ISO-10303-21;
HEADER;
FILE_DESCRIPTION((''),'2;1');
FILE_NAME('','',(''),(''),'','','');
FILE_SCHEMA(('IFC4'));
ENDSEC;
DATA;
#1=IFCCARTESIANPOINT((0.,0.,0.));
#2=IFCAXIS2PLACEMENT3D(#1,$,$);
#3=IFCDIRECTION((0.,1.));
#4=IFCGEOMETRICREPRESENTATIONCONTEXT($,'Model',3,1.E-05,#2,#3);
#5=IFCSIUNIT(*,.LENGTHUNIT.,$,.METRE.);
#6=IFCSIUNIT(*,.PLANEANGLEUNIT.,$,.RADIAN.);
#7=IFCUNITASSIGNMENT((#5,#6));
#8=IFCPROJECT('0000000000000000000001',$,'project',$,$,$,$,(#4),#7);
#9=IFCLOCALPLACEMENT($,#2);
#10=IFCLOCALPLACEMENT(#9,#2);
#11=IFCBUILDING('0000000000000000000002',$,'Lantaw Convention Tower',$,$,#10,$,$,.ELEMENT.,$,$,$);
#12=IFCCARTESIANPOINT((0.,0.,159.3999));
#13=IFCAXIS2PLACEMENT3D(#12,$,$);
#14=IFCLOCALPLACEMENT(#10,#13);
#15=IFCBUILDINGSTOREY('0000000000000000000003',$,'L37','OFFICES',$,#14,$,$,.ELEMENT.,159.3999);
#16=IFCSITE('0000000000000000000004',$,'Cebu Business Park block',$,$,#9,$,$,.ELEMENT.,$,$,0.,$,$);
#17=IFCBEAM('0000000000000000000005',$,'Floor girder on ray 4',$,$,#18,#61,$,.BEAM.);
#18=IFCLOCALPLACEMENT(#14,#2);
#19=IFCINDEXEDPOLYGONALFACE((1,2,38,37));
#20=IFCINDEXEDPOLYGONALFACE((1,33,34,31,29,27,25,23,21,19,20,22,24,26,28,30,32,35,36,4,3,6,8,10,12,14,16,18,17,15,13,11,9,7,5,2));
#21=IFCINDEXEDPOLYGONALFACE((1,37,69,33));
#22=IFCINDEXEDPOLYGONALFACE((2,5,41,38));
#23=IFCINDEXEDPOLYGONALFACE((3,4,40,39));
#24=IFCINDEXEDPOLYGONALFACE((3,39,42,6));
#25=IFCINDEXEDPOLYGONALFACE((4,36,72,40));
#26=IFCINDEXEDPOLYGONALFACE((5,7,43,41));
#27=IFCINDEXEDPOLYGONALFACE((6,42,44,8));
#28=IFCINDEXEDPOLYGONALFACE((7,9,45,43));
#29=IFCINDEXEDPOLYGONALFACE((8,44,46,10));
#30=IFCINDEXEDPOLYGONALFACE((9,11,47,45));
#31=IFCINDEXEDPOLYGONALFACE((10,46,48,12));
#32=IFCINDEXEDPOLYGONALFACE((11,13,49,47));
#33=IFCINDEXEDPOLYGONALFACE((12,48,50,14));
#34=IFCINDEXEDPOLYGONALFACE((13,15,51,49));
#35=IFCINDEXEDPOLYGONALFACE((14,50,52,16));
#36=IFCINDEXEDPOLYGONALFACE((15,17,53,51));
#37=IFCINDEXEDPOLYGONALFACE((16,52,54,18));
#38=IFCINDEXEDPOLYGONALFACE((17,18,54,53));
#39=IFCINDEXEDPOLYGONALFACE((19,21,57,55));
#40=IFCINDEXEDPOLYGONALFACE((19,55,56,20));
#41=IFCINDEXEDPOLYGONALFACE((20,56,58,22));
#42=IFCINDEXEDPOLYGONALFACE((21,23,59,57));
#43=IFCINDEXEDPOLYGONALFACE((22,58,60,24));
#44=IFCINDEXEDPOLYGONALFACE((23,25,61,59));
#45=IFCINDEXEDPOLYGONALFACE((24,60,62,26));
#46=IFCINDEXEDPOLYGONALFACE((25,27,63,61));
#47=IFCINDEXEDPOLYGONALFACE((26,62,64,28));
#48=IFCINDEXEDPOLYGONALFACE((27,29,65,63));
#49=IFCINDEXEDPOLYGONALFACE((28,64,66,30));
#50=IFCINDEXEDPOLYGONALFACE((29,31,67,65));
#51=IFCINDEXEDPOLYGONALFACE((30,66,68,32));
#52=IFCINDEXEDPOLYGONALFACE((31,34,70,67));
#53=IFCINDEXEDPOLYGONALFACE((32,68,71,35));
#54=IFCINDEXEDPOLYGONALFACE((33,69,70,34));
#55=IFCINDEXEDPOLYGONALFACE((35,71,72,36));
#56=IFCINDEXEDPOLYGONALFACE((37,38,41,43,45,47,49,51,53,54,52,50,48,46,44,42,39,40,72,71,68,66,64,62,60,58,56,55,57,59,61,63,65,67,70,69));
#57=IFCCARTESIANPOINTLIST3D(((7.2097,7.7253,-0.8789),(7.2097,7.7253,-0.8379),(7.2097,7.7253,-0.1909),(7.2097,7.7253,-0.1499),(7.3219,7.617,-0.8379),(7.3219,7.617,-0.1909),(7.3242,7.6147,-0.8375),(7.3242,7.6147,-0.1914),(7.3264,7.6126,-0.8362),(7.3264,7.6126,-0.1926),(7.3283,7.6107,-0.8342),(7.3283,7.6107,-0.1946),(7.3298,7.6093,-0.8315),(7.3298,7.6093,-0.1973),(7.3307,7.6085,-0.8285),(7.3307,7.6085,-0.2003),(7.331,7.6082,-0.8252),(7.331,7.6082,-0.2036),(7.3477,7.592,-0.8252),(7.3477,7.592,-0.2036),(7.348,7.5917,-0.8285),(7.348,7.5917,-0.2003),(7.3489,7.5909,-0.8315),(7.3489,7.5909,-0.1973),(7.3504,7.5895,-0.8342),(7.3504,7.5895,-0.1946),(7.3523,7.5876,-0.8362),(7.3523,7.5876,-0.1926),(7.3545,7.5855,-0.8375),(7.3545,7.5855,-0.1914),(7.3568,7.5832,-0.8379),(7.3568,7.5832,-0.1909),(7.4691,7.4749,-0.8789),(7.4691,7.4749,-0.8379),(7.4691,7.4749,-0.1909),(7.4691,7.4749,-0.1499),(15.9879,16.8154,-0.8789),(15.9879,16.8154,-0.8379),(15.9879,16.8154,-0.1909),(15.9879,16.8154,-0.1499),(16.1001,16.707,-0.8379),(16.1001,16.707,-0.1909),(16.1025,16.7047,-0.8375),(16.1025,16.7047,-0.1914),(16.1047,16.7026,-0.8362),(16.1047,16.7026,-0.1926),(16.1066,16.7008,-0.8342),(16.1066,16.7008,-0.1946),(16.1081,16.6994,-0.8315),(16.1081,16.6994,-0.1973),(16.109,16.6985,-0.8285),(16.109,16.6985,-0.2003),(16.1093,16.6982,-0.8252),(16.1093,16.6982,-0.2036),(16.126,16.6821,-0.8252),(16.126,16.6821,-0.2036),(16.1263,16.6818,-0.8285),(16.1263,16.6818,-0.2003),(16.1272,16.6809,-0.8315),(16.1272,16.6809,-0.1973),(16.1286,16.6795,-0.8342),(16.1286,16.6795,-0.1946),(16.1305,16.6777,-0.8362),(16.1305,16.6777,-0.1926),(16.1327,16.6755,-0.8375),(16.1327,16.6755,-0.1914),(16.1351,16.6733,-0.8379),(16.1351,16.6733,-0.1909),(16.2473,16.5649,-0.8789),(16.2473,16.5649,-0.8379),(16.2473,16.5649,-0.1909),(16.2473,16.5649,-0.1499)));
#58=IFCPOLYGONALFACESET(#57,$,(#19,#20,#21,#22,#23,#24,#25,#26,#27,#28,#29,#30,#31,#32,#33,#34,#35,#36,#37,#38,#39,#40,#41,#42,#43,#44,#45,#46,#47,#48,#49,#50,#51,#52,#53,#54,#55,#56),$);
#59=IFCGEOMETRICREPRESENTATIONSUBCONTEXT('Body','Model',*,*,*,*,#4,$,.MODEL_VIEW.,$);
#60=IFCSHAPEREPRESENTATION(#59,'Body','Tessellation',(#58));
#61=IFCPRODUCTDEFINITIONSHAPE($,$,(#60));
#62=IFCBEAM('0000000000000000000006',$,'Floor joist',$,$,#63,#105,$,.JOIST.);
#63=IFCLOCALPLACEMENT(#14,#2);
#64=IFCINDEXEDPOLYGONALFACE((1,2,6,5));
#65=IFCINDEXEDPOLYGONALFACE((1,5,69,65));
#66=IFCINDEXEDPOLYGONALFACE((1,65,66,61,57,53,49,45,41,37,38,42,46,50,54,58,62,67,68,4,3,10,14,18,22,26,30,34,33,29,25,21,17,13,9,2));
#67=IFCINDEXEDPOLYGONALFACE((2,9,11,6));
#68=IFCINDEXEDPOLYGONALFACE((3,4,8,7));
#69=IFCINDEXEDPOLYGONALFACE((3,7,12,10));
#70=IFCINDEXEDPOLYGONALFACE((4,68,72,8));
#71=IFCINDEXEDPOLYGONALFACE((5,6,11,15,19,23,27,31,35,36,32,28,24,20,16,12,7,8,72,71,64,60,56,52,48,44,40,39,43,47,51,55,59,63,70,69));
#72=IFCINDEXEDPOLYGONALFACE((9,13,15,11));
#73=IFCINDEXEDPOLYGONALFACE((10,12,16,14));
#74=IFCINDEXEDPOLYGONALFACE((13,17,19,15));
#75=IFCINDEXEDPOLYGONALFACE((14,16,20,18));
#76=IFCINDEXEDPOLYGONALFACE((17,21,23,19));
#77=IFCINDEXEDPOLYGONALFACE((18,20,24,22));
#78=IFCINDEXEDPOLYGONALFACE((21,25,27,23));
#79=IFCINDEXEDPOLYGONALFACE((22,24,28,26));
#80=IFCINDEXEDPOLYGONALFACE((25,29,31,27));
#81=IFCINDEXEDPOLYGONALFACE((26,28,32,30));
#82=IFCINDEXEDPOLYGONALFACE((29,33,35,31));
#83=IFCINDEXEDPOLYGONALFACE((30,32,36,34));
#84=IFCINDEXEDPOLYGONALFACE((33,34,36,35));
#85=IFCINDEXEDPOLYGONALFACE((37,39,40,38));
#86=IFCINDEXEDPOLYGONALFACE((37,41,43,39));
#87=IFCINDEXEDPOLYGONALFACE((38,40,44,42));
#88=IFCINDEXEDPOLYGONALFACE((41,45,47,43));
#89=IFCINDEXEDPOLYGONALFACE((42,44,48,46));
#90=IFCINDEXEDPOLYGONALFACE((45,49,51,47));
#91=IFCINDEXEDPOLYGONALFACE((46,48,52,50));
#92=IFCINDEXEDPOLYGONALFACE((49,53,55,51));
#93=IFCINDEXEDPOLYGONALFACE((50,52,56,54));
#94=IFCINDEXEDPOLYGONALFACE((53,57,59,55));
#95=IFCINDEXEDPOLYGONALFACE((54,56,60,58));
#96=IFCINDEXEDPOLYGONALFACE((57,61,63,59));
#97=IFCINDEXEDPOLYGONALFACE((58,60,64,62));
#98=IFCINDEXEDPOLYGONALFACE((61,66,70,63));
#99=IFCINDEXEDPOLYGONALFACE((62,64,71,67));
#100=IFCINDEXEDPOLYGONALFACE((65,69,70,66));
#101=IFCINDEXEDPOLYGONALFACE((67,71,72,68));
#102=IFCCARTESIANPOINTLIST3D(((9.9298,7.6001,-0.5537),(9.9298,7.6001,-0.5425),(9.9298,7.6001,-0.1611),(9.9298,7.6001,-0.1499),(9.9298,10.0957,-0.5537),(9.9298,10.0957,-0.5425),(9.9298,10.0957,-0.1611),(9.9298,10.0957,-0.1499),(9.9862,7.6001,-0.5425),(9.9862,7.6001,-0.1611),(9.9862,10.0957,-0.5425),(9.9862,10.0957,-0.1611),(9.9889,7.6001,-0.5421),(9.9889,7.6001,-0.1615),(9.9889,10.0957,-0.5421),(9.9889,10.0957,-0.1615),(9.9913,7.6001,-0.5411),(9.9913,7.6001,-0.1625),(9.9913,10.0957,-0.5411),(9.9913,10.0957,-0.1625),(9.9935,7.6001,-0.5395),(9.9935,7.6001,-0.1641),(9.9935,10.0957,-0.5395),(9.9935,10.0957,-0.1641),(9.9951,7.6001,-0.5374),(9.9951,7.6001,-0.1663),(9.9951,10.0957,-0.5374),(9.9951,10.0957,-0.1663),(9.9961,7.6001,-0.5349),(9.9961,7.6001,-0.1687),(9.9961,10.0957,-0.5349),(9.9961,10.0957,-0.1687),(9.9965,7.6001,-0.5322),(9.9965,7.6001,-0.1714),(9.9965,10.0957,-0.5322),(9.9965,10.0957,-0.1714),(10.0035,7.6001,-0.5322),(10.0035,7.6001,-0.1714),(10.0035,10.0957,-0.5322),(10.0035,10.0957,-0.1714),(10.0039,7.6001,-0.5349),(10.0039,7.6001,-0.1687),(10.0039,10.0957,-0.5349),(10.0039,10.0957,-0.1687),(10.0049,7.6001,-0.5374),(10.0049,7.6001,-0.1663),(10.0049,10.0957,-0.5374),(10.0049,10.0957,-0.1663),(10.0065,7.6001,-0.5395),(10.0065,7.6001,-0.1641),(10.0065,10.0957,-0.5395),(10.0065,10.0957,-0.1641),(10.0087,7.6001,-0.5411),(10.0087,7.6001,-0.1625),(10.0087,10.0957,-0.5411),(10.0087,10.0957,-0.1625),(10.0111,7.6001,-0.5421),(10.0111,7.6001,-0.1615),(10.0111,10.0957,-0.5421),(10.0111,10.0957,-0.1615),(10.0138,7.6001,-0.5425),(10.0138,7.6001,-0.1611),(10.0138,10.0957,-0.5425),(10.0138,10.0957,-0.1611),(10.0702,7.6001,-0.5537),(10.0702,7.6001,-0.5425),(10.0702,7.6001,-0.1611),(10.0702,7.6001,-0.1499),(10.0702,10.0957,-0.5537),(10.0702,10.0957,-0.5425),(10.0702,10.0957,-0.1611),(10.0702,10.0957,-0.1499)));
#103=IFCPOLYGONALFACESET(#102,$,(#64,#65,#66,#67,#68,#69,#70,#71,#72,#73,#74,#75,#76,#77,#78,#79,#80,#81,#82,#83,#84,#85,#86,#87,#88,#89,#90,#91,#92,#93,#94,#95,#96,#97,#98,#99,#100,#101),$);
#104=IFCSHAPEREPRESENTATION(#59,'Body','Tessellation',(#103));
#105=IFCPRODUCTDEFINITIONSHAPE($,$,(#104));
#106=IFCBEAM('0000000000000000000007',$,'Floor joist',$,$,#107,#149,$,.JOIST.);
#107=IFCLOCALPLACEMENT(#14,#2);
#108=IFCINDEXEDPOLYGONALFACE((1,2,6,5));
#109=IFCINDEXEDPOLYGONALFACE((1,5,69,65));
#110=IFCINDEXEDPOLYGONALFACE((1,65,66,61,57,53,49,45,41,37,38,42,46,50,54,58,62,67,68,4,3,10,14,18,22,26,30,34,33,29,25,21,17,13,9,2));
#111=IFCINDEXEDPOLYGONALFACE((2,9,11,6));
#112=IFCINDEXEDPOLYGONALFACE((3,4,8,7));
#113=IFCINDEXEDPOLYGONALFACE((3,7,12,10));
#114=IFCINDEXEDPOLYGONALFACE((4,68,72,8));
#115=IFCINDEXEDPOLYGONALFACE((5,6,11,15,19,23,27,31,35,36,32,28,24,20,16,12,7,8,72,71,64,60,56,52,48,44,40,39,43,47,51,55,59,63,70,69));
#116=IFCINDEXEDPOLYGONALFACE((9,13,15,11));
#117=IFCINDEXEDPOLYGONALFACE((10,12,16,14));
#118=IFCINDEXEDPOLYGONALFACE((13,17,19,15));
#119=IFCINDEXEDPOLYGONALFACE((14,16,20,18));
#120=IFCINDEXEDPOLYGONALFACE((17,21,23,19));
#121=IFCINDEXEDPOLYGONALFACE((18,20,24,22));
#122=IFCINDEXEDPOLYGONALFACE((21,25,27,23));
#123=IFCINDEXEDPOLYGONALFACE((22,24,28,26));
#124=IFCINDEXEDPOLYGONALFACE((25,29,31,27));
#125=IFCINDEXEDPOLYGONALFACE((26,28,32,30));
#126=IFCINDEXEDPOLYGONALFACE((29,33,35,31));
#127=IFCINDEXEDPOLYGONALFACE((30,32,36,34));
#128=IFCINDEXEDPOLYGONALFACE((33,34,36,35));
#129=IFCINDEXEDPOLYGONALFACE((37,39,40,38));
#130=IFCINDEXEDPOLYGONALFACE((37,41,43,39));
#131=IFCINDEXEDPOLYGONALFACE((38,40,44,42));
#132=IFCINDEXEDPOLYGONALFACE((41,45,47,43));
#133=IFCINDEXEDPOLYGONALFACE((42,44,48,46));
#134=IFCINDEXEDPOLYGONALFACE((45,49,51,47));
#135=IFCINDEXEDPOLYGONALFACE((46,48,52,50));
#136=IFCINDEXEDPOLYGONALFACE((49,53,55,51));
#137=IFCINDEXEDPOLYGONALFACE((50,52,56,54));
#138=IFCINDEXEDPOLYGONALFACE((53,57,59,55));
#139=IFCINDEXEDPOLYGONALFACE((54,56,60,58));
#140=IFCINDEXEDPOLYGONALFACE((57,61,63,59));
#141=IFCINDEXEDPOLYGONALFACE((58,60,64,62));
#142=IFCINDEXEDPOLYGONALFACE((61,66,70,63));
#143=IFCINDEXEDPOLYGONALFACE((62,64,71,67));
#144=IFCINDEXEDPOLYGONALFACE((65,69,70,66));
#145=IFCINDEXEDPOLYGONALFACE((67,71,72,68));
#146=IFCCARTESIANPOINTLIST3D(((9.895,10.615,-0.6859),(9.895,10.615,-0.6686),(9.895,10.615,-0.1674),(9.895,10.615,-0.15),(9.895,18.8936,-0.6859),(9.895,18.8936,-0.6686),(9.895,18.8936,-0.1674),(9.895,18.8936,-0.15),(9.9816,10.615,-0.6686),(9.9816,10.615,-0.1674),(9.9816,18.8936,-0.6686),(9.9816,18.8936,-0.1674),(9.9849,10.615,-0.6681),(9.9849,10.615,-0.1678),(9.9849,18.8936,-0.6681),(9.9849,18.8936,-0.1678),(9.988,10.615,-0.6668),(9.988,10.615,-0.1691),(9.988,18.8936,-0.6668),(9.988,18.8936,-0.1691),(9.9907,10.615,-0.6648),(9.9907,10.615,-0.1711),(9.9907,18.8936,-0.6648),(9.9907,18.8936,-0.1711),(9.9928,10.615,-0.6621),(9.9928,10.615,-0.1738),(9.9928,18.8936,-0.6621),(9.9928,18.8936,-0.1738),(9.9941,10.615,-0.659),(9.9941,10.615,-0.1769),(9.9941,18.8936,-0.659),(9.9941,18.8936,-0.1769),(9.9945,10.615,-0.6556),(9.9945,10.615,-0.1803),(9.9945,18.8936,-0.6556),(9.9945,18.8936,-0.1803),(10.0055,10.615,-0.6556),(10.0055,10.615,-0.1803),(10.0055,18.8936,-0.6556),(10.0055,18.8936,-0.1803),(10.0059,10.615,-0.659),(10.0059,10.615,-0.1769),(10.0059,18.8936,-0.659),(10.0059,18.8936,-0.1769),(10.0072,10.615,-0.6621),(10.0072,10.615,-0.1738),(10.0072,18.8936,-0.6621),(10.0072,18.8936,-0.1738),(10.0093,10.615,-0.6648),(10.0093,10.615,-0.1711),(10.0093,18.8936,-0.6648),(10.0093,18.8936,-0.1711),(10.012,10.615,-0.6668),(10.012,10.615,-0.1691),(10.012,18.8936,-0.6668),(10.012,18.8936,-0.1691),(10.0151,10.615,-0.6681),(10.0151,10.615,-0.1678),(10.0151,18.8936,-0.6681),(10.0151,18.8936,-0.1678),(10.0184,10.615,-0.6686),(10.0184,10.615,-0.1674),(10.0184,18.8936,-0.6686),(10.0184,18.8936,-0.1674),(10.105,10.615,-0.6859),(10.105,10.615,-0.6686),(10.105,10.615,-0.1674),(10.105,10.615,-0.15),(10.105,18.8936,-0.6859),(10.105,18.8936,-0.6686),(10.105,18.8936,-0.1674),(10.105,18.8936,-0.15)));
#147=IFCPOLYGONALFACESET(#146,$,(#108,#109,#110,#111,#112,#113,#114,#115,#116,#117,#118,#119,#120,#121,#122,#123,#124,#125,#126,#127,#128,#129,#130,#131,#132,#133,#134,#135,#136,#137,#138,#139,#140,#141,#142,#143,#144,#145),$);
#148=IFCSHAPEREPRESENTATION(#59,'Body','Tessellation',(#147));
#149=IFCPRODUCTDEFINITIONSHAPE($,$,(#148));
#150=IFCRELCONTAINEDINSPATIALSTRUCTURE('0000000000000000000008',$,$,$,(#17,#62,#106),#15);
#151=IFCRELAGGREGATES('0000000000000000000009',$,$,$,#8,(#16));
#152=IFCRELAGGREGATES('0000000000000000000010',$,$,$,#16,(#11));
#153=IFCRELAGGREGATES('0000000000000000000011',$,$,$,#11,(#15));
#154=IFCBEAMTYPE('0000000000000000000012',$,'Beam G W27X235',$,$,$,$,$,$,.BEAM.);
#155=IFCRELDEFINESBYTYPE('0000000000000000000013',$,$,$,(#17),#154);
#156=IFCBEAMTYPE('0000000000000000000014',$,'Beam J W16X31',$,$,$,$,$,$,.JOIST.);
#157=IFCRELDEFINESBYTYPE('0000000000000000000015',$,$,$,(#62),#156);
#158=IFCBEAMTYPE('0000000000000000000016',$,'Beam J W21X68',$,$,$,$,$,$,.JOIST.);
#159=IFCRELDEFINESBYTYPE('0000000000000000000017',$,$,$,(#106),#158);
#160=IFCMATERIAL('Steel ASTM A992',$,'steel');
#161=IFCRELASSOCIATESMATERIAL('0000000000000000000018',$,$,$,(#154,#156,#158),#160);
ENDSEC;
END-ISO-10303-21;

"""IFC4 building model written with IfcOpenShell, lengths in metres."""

from ifc_helpers import new_model, si_unit, direction, frame, origin, origin_2d, place, context, subcontext, project, spatial, i_section, extrude, material, material_profile, profile_set, type_object, element, save


model = new_model("IFC4")

# Units and contexts
model_context = context("Model", 3, precision=1e-05, world=origin(), true_north=direction((0.0, 1.0)))
body_context = subcontext(model_context, "Body", "Model", "MODEL_VIEW")
ifc_project = project(units=[si_unit("LENGTHUNIT", "METRE"), si_unit("PLANEANGLEUNIT", "RADIAN")], contexts=[model_context])

# Site, building, storey
site_placement = place(None, origin())
site = spatial("IfcSite", under=ifc_project, at=site_placement, Name="Cebu Business Park block", CompositionType="ELEMENT", RefElevation=0.0)
building_placement = place(site_placement, origin())
building = spatial("IfcBuilding", under=site, at=building_placement, Name="Lantaw Convention Tower", CompositionType="ELEMENT")
storey_placement = place(building_placement, frame((0.0, 0.0, 159.3999)))
storey = spatial("IfcBuildingStorey", under=building, at=storey_placement, Name="L37", Description="OFFICES", CompositionType="ELEMENT", Elevation=159.3999)

# Beams
ifc_material_1 = material(Name="Steel ASTM A992", Category="steel")
ifc_material_profile_1 = material_profile(ifc_material_1, i_section(OverallWidth=0.3606, OverallDepth=0.729, WebThickness=0.0232, FlangeThickness=0.041, FilletRadius=0.0127, at=origin_2d()), Name="W27X235")
ifc_profile_set_1 = profile_set([ifc_material_profile_1], Name="Steel ASTM A992")
beam_type_1 = type_object("IfcBeamType", Name="Beam G W27X235", PredefinedType="BEAM", material=ifc_profile_set_1)
beam_1_placement = place(storey_placement, frame((7.3394, 7.6001, -0.5144), z_axis=(0.694663, 0.719335, 0.0), x_axis=(-0.719335, 0.694663, 0.0)))
element("IfcBeam", 1, at=beam_1_placement, inside=storey, type_object=beam_type_1, Name="Floor girder on ray 4", PredefinedType="BEAM", context=body_context, shape_type="SweptSolid", body=[
    extrude(i_section(OverallWidth=0.3606, OverallDepth=0.729, WebThickness=0.0232, FlangeThickness=0.041, FilletRadius=0.0127, at=origin_2d()), origin(), (0.0, 0.0, 1.0), 12.6367),
])
ifc_material_profile_2 = material_profile(ifc_material_1, i_section(OverallWidth=0.1404, OverallDepth=0.4038, WebThickness=0.0071, FlangeThickness=0.0112, FilletRadius=0.0103, at=origin_2d()), Name="W16X31")
ifc_profile_set_2 = profile_set([ifc_material_profile_2], Name="Steel ASTM A992")
beam_type_2 = type_object("IfcBeamType", Name="Beam J W16X31", PredefinedType="JOIST", material=ifc_profile_set_2)
beam_2_placement = place(storey_placement, frame((10.0, 7.6001, -0.3518), z_axis=(0.0, 1.0, 0.0), x_axis=(-1.0, 0.0, 0.0)))
element("IfcBeam", 2, at=beam_2_placement, inside=storey, type_object=beam_type_2, Name="Floor joist", PredefinedType="JOIST", context=body_context, shape_type="SweptSolid", body=[
    extrude(i_section(OverallWidth=0.1404, OverallDepth=0.4038, WebThickness=0.0071, FlangeThickness=0.0112, FilletRadius=0.0103, at=origin_2d()), origin(), (0.0, 0.0, 1.0), 2.4956),
])
ifc_material_profile_3 = material_profile(ifc_material_1, i_section(OverallWidth=0.21, OverallDepth=0.5359, WebThickness=0.011, FlangeThickness=0.0173, FilletRadius=0.0129, at=origin_2d()), Name="W21X68")
ifc_profile_set_3 = profile_set([ifc_material_profile_3], Name="Steel ASTM A992")
beam_type_3 = type_object("IfcBeamType", Name="Beam J W21X68", PredefinedType="JOIST", material=ifc_profile_set_3)
beam_3_placement = place(storey_placement, frame((10.0, 10.615, -0.418), z_axis=(0.0, 1.0, 0.0), x_axis=(-1.0, 0.0, 0.0)))
element("IfcBeam", 3, at=beam_3_placement, inside=storey, type_object=beam_type_3, Name="Floor joist", PredefinedType="JOIST", context=body_context, shape_type="SweptSolid", body=[
    extrude(i_section(OverallWidth=0.21, OverallDepth=0.5359, WebThickness=0.011, FlangeThickness=0.0173, FilletRadius=0.0129, at=origin_2d()), origin(), (0.0, 0.0, 1.0), 8.2786),
])

save(model, "model.ifc")
